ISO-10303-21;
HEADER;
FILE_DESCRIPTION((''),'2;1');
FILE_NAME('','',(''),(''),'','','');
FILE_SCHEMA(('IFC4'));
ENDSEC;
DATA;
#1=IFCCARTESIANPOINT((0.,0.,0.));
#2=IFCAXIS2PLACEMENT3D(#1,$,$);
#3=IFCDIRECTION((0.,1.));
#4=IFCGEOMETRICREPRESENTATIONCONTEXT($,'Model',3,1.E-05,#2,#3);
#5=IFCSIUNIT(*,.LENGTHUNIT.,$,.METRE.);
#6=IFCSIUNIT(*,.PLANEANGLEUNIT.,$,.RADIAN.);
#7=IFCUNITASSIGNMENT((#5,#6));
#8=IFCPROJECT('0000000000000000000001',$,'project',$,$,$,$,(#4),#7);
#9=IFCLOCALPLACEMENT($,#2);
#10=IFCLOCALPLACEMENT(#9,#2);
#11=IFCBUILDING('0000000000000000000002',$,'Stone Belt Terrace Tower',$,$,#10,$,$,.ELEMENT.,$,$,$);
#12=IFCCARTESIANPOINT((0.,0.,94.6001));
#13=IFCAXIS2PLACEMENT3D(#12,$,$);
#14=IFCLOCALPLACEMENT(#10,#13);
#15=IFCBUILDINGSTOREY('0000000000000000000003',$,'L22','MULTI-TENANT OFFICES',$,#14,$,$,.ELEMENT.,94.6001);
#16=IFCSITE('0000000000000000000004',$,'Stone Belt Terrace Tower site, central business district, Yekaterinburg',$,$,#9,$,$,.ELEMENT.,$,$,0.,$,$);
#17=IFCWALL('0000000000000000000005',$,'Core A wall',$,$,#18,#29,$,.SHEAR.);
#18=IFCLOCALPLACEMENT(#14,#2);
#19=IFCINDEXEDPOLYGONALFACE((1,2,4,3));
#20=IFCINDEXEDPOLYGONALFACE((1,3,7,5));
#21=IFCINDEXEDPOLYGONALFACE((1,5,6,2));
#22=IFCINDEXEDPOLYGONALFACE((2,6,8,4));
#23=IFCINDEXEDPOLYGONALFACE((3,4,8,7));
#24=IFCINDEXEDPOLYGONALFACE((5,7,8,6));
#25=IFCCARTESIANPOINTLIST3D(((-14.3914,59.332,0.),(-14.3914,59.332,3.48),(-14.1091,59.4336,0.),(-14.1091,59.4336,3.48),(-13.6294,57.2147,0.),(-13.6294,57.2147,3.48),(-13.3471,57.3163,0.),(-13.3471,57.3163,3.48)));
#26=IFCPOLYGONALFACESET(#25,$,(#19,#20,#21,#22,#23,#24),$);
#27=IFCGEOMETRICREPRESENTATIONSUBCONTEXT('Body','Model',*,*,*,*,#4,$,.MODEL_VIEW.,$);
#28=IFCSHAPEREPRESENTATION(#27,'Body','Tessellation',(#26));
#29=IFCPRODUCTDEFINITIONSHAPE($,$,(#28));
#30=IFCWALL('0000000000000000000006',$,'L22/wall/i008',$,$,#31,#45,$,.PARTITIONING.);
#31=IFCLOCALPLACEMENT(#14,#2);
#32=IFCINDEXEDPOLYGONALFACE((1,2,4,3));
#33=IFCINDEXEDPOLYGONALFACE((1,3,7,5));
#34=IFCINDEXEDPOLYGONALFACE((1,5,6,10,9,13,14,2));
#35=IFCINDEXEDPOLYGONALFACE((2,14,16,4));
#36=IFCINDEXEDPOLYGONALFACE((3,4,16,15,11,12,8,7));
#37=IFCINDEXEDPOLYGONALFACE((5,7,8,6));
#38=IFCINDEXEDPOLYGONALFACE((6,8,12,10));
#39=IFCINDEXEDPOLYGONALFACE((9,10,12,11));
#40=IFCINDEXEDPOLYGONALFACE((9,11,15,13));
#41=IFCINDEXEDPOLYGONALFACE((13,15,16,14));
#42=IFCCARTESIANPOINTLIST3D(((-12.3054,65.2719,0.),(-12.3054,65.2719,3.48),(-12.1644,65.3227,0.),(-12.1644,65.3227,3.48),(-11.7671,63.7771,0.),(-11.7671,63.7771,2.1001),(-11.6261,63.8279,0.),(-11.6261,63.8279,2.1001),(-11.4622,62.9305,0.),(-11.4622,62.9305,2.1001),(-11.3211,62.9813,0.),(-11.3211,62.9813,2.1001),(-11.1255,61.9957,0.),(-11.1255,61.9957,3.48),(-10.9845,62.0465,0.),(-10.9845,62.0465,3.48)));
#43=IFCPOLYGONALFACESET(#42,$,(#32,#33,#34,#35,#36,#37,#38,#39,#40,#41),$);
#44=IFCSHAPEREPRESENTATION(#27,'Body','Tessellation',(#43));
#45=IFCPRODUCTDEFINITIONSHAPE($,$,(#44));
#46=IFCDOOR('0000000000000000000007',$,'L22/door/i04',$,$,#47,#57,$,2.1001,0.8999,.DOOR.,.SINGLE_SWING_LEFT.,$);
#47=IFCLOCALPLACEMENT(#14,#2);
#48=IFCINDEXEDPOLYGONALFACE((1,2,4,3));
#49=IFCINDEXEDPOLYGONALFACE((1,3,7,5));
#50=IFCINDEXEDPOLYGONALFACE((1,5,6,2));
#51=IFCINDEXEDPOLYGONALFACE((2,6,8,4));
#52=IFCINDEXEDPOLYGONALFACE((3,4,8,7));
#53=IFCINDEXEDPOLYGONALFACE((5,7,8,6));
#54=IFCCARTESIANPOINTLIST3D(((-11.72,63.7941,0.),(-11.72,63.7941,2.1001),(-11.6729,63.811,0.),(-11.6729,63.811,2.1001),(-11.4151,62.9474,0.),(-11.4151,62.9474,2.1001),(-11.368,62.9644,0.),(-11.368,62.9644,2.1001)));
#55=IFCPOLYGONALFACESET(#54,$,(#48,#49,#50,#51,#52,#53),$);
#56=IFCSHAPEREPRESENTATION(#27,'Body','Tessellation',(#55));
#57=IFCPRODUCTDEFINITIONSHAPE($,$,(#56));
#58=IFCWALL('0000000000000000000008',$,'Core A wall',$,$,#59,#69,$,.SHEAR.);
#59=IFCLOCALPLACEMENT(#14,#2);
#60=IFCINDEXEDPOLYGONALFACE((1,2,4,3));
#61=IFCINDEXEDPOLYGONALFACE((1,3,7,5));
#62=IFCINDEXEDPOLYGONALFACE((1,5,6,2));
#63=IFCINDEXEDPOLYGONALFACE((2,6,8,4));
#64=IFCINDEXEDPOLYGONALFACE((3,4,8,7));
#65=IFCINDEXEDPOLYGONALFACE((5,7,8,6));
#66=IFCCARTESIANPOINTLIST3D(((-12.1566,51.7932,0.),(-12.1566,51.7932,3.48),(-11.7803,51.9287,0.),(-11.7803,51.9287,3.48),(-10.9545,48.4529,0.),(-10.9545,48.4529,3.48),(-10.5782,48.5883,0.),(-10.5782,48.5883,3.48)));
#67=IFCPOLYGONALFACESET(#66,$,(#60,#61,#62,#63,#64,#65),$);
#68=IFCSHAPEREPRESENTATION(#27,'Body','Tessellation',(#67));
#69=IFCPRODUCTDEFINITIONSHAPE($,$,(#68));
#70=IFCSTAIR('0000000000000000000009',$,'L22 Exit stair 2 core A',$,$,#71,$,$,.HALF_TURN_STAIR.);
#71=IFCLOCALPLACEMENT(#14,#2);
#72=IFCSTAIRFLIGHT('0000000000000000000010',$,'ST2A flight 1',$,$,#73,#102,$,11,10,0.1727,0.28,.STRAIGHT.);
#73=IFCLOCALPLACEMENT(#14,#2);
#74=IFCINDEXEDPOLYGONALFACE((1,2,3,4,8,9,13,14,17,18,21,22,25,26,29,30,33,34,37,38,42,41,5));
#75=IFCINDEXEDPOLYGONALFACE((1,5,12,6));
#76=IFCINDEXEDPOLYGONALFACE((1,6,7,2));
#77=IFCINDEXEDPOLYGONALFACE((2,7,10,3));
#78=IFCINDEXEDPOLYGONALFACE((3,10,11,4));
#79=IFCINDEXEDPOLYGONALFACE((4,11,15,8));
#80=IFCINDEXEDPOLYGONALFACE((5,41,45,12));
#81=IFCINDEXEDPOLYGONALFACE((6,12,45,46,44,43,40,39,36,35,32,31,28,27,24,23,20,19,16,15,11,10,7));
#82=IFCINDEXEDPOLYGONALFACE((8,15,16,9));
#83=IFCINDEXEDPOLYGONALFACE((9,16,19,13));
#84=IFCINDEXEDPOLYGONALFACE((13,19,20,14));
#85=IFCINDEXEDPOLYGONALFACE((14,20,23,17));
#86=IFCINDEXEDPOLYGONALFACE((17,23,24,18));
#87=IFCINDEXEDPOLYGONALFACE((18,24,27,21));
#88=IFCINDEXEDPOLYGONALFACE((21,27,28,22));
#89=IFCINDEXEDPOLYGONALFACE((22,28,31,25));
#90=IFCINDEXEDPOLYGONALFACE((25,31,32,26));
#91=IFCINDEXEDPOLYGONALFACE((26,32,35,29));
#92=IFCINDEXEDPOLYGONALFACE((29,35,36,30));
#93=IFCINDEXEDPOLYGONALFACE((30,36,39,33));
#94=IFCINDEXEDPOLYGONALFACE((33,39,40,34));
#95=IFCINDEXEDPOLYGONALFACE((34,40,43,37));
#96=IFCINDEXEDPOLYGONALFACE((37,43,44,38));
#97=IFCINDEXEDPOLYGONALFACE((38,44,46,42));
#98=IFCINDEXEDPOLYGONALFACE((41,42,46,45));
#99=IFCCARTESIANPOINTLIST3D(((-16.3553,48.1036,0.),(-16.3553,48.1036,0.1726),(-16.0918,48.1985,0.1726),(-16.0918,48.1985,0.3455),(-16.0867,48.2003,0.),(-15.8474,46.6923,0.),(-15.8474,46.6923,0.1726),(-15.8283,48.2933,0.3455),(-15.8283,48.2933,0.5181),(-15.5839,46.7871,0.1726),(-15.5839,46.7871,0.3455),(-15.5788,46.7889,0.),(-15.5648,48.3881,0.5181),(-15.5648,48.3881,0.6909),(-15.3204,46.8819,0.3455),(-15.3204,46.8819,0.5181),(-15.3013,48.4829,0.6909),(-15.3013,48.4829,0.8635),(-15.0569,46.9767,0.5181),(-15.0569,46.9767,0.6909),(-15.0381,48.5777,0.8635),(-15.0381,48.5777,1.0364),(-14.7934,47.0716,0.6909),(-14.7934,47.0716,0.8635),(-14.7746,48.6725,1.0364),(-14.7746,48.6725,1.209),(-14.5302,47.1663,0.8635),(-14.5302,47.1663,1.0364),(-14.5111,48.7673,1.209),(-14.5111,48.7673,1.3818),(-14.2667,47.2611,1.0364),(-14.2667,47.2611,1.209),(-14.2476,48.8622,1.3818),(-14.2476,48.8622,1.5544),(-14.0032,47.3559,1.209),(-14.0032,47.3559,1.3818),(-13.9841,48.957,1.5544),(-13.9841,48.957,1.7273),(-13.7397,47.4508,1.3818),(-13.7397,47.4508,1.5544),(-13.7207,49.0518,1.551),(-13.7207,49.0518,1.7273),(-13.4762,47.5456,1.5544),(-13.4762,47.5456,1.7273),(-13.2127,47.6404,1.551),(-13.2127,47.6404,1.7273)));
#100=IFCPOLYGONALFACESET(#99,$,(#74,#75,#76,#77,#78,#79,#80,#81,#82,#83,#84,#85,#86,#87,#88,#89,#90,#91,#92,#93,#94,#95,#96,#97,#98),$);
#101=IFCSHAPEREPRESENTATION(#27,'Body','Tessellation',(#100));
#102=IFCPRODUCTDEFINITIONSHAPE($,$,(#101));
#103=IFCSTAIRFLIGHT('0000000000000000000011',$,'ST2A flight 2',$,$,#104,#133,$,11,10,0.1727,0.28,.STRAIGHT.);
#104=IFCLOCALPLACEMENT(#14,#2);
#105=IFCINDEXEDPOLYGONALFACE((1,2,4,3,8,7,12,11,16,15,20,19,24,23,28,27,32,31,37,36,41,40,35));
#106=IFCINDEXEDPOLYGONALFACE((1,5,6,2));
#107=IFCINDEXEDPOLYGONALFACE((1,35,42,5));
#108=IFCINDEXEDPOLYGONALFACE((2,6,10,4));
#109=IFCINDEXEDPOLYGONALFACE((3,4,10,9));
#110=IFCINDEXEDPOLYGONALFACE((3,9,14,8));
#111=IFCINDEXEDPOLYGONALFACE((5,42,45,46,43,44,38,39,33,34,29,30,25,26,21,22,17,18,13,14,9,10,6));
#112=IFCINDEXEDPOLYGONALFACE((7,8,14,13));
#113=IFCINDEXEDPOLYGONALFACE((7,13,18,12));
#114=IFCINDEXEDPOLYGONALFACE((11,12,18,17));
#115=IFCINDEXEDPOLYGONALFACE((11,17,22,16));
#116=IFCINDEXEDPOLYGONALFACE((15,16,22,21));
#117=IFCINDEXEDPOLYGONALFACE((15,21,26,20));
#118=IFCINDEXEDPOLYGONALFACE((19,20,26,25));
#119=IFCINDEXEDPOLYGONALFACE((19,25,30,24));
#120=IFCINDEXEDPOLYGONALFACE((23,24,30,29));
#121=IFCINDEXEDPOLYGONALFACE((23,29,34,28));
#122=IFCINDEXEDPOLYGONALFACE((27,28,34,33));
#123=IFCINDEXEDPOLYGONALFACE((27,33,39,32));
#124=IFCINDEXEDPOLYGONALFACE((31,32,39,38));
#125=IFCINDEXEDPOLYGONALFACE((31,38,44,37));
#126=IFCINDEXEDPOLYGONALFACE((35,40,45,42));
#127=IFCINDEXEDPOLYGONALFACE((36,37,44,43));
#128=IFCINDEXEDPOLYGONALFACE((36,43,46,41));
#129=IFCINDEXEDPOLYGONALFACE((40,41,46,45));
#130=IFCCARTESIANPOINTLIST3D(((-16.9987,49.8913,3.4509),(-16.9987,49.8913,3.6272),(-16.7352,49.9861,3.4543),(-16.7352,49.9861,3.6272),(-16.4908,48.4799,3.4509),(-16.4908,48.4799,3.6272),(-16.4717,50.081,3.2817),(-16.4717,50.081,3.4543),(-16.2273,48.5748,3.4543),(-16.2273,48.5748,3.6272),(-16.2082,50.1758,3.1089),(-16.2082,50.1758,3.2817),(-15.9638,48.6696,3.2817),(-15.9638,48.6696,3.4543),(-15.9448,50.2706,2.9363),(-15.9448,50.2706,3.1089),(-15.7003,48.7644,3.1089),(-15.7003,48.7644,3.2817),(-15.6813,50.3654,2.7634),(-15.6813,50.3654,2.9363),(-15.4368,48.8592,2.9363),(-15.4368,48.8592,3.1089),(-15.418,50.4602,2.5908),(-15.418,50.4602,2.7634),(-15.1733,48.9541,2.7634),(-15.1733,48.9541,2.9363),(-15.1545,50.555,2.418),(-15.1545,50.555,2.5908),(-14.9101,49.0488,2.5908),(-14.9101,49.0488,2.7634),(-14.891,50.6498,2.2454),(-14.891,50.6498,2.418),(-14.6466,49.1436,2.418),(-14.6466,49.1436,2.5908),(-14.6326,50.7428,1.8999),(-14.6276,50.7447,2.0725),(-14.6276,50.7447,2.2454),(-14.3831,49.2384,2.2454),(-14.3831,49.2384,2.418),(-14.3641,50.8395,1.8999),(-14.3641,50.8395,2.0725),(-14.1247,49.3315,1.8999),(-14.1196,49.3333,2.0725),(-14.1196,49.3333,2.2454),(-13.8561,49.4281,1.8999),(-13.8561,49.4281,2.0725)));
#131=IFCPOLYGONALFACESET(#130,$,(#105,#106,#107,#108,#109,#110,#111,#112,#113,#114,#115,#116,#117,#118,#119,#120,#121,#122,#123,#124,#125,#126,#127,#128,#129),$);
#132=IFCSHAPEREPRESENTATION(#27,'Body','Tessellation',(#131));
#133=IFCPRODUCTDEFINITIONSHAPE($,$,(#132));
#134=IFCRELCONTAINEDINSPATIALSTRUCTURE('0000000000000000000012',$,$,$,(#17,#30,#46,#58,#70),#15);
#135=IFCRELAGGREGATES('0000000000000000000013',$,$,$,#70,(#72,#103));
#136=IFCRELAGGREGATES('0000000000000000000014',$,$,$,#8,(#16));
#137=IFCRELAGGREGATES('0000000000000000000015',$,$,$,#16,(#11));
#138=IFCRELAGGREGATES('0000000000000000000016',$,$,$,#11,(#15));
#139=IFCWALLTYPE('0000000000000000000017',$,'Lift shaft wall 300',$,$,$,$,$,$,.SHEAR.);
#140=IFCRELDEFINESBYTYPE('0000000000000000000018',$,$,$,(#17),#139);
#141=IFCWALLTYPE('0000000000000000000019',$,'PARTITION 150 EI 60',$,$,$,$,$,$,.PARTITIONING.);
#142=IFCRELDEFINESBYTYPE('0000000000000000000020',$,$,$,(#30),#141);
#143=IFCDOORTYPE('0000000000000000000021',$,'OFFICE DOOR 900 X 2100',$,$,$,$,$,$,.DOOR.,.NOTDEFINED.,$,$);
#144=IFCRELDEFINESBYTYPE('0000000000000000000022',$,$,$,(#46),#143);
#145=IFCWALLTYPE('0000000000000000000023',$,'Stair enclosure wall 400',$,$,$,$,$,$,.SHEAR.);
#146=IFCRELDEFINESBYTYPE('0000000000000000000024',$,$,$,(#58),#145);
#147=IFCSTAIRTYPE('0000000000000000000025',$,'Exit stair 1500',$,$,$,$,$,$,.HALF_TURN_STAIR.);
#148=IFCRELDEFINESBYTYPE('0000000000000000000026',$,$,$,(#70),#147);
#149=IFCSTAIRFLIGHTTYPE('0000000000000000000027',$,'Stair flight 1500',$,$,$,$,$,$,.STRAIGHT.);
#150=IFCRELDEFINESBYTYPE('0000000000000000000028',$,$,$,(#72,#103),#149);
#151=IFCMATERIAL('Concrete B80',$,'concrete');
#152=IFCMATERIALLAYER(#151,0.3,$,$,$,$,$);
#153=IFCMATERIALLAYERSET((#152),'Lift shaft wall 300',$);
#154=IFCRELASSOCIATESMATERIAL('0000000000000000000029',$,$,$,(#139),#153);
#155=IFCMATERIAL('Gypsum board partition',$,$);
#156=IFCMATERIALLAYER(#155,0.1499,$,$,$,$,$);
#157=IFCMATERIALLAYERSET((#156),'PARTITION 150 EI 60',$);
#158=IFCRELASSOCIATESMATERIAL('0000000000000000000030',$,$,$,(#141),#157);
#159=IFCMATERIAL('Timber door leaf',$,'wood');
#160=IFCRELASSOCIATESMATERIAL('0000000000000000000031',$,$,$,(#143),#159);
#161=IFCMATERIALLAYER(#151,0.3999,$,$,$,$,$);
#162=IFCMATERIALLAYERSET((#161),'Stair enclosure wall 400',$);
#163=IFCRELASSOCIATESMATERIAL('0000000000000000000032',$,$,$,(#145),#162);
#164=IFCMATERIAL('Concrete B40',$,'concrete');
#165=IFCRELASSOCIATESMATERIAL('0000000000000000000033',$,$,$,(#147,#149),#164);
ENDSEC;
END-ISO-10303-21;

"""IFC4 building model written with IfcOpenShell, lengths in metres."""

from ifc_helpers import new_model, si_unit, direction, frame, frame_2d, origin, place, context, subcontext, project, spatial, polyline, rectangle, outline, extrude, material, layer, layer_set, type_object, element, fill, aggregate, save


model = new_model("IFC4")

# Units and contexts
model_context = context("Model", 3, precision=1e-05, world=origin(), true_north=direction((0.0, 1.0)))
body_context = subcontext(model_context, "Body", "Model", "MODEL_VIEW")
ifc_project = project(units=[si_unit("LENGTHUNIT", "METRE"), si_unit("PLANEANGLEUNIT", "RADIAN")], contexts=[model_context])

# Site, building, storey
site_placement = place(None, origin())
site = spatial("IfcSite", under=ifc_project, at=site_placement, Name="Stone Belt Terrace Tower site, central business district, Yekaterinburg", CompositionType="ELEMENT", RefElevation=0.0)
building_placement = place(site_placement, origin())
building = spatial("IfcBuilding", under=site, at=building_placement, Name="Stone Belt Terrace Tower", CompositionType="ELEMENT")
storey_placement = place(building_placement, frame((0.0, 0.0, 94.6001)))
storey = spatial("IfcBuildingStorey", under=building, at=storey_placement, Name="L22", Description="MULTI-TENANT OFFICES", CompositionType="ELEMENT", Elevation=94.6001)

# Shared definitions
ifc_material_1 = material(Name="Concrete B80", Category="concrete")

# Wall
ifc_layer_1 = layer(ifc_material_1, 0.3)
ifc_layer_set_1 = layer_set([ifc_layer_1], Name="Lift shaft wall 300")
wall_type_1 = type_object("IfcWallType", Name="Lift shaft wall 300", PredefinedType="SHEAR", material=ifc_layer_set_1)
wall_1_placement = place(storey_placement, frame((-13.4883, 57.2656, 0.0), z_axis=(0.0, 0.0, 1.0), x_axis=(-0.338631, 0.940919, 0.0)))
element("IfcWall", 1, at=wall_1_placement, inside=storey, type_object=wall_type_1, Name="Core A wall", PredefinedType="SHEAR", context=body_context, shape_type="SweptSolid", body=[
    extrude(rectangle(XDim=2.2502, YDim=0.3, at=frame_2d((1.125, 0.0))), origin(), (0.0, 0.0, 1.0), 3.48),
])

# Wall, opening, door
ifc_material_2 = material(Name="Gypsum board partition")
ifc_layer_2 = layer(ifc_material_2, 0.1499)
ifc_layer_set_2 = layer_set([ifc_layer_2], Name="PARTITION 150 EI 60")
wall_type_2 = type_object("IfcWallType", Name="PARTITION 150 EI 60", PredefinedType="PARTITIONING", material=ifc_layer_set_2)
wall_2_placement = place(storey_placement, frame((-11.0549, 62.021, 0.0), z_axis=(0.0, 0.0, 1.0), x_axis=(-0.338854, 0.940839, 0.0)))
wall_2 = element("IfcWall", 2, at=wall_2_placement, inside=storey, type_object=wall_type_2, Name="L22/wall/i008", PredefinedType="PARTITIONING", context=body_context, shape_type="SweptSolid", body=[
    extrude(rectangle(XDim=3.4822, YDim=0.1499, at=frame_2d((1.7412, 0.0))), origin(), (0.0, 0.0, 1.0), 3.48),
])
opening_placement = place(wall_2_placement, frame((0.9937, 0.0, 0.0)))
opening = element("IfcOpeningElement", 3, at=opening_placement, cuts=wall_2, PredefinedType="OPENING", context=body_context, shape_type="SweptSolid", body=[
    extrude(rectangle(XDim=0.8999, YDim=2.1001, at=frame_2d((0.45, 1.05))), frame((0.0, 0.085, 0.0), z_axis=(0.0, -1.0, 0.0), x_axis=(1.0, 0.0, 0.0)), (0.0, 0.0, 1.0), 0.1699),
])
ifc_material_3 = material(Name="Timber door leaf", Category="wood")
door_type = type_object("IfcDoorType", Name="OFFICE DOOR 900 X 2100", OperationType="NOTDEFINED", PredefinedType="DOOR", material=ifc_material_3)
door_placement = place(opening_placement, origin())
door = element("IfcDoor", 4, at=door_placement, inside=storey, type_object=door_type, Name="L22/door/i04", OperationType="SINGLE_SWING_LEFT", OverallHeight=2.1001, OverallWidth=0.8999, PredefinedType="DOOR", context=body_context, shape_type="SweptSolid", body=[
    extrude(rectangle(XDim=0.8999, YDim=2.1001, at=frame_2d((0.45, 1.05))), frame((0.0, 0.0249, 0.0), z_axis=(0.0, -1.0, 0.0), x_axis=(1.0, 0.0, 0.0)), (0.0, 0.0, 1.0), 0.05),
])
fill(opening, door)

# Wall
ifc_layer_3 = layer(ifc_material_1, 0.3999)
ifc_layer_set_3 = layer_set([ifc_layer_3], Name="Stair enclosure wall 400")
wall_type_3 = type_object("IfcWallType", Name="Stair enclosure wall 400", PredefinedType="SHEAR", material=ifc_layer_set_3)
wall_3_placement = place(storey_placement, frame((-10.7664, 48.5208, 0.0), z_axis=(0.0, 0.0, 1.0), x_axis=(-0.338627, 0.940921, 0.0)))
element("IfcWall", 5, at=wall_3_placement, inside=storey, type_object=wall_type_3, Name="Core A wall", PredefinedType="SHEAR", context=body_context, shape_type="SweptSolid", body=[
    extrude(rectangle(XDim=3.55, YDim=0.3999, at=frame_2d((1.7749, 0.0))), origin(), (0.0, 0.0, 1.0), 3.48),
])

# Stair, stair flights
ifc_material_4 = material(Name="Concrete B40", Category="concrete")
stair_type = type_object("IfcStairType", Name="Exit stair 1500", PredefinedType="HALF_TURN_STAIR", material=ifc_material_4)
stair_placement = place(storey_placement, origin())
stair = element("IfcStair", 6, at=stair_placement, inside=storey, type_object=stair_type, Name="L22 Exit stair 2 core A", PredefinedType="HALF_TURN_STAIR")
stair_flight_type = type_object("IfcStairFlightType", Name="Stair flight 1500", PredefinedType="STRAIGHT", material=ifc_material_4)
stair_flight_1_placement = place(storey_placement, frame((-16.1013, 47.3979, 0.0), z_axis=(0.0, 0.0, 1.0), x_axis=(0.940922, 0.338624, 0.0)))
stair_flight_1 = element("IfcStairFlight", 7, at=stair_flight_1_placement, type_object=stair_flight_type, Name="ST2A flight 1", NumberOfRisers=11, NumberOfTreads=10, PredefinedType="STRAIGHT", RiserHeight=0.1727, TreadLength=0.28, context=body_context, shape_type="SweptSolid", body=[
    extrude(outline(polyline([(0.0, 0.0), (0.0, 0.1726), (0.28, 0.1726), (0.28, 0.3455), (0.5601, 0.3455), (0.5601, 0.5181), (0.8401, 0.5181), (0.8401, 0.6909), (1.1201, 0.6909), (1.1201, 0.8635), (1.3999, 0.8635), (1.3999, 1.0364), (1.6799, 1.0364), (1.6799, 1.209), (1.96, 1.209), (1.96, 1.3818), (2.24, 1.3818), (2.24, 1.5544), (2.52, 1.5544), (2.52, 1.7273), (2.8, 1.7273), (2.8, 1.8999), (2.8, 1.551), (0.2854, 0.0), (0.0, 0.0)])), frame((0.0, 0.75, 0.0), z_axis=(0.0, -1.0, 0.0), x_axis=(1.0, 0.0, 0.0)), (0.0, 0.0, 1.0), 1.5),
])
stair_flight_2_placement = place(storey_placement, frame((-14.1101, 50.1338, 1.8999), z_axis=(0.0, 0.0, 1.0), x_axis=(-0.940922, -0.338624, 0.0)))
stair_flight_2 = element("IfcStairFlight", 8, at=stair_flight_2_placement, type_object=stair_flight_type, Name="ST2A flight 2", NumberOfRisers=11, NumberOfTreads=10, PredefinedType="STRAIGHT", RiserHeight=0.1727, TreadLength=0.28, context=body_context, shape_type="SweptSolid", body=[
    extrude(outline(polyline([(0.0, 0.0), (0.0, 0.1726), (0.28, 0.1726), (0.28, 0.3455), (0.5601, 0.3455), (0.5601, 0.5181), (0.8401, 0.5181), (0.8401, 0.6909), (1.1201, 0.6909), (1.1201, 0.8635), (1.3999, 0.8635), (1.3999, 1.0364), (1.6799, 1.0364), (1.6799, 1.209), (1.96, 1.209), (1.96, 1.3818), (2.24, 1.3818), (2.24, 1.5544), (2.52, 1.5544), (2.52, 1.7273), (2.8, 1.7273), (2.8, 1.8999), (2.8, 1.551), (0.2854, 0.0), (0.0, 0.0)])), frame((0.0, 0.75, 0.0), z_axis=(0.0, -1.0, 0.0), x_axis=(1.0, 0.0, 0.0)), (0.0, 0.0, 1.0), 1.5),
])
aggregate(stair, [stair_flight_1, stair_flight_2])

save(model, "model.ifc")
